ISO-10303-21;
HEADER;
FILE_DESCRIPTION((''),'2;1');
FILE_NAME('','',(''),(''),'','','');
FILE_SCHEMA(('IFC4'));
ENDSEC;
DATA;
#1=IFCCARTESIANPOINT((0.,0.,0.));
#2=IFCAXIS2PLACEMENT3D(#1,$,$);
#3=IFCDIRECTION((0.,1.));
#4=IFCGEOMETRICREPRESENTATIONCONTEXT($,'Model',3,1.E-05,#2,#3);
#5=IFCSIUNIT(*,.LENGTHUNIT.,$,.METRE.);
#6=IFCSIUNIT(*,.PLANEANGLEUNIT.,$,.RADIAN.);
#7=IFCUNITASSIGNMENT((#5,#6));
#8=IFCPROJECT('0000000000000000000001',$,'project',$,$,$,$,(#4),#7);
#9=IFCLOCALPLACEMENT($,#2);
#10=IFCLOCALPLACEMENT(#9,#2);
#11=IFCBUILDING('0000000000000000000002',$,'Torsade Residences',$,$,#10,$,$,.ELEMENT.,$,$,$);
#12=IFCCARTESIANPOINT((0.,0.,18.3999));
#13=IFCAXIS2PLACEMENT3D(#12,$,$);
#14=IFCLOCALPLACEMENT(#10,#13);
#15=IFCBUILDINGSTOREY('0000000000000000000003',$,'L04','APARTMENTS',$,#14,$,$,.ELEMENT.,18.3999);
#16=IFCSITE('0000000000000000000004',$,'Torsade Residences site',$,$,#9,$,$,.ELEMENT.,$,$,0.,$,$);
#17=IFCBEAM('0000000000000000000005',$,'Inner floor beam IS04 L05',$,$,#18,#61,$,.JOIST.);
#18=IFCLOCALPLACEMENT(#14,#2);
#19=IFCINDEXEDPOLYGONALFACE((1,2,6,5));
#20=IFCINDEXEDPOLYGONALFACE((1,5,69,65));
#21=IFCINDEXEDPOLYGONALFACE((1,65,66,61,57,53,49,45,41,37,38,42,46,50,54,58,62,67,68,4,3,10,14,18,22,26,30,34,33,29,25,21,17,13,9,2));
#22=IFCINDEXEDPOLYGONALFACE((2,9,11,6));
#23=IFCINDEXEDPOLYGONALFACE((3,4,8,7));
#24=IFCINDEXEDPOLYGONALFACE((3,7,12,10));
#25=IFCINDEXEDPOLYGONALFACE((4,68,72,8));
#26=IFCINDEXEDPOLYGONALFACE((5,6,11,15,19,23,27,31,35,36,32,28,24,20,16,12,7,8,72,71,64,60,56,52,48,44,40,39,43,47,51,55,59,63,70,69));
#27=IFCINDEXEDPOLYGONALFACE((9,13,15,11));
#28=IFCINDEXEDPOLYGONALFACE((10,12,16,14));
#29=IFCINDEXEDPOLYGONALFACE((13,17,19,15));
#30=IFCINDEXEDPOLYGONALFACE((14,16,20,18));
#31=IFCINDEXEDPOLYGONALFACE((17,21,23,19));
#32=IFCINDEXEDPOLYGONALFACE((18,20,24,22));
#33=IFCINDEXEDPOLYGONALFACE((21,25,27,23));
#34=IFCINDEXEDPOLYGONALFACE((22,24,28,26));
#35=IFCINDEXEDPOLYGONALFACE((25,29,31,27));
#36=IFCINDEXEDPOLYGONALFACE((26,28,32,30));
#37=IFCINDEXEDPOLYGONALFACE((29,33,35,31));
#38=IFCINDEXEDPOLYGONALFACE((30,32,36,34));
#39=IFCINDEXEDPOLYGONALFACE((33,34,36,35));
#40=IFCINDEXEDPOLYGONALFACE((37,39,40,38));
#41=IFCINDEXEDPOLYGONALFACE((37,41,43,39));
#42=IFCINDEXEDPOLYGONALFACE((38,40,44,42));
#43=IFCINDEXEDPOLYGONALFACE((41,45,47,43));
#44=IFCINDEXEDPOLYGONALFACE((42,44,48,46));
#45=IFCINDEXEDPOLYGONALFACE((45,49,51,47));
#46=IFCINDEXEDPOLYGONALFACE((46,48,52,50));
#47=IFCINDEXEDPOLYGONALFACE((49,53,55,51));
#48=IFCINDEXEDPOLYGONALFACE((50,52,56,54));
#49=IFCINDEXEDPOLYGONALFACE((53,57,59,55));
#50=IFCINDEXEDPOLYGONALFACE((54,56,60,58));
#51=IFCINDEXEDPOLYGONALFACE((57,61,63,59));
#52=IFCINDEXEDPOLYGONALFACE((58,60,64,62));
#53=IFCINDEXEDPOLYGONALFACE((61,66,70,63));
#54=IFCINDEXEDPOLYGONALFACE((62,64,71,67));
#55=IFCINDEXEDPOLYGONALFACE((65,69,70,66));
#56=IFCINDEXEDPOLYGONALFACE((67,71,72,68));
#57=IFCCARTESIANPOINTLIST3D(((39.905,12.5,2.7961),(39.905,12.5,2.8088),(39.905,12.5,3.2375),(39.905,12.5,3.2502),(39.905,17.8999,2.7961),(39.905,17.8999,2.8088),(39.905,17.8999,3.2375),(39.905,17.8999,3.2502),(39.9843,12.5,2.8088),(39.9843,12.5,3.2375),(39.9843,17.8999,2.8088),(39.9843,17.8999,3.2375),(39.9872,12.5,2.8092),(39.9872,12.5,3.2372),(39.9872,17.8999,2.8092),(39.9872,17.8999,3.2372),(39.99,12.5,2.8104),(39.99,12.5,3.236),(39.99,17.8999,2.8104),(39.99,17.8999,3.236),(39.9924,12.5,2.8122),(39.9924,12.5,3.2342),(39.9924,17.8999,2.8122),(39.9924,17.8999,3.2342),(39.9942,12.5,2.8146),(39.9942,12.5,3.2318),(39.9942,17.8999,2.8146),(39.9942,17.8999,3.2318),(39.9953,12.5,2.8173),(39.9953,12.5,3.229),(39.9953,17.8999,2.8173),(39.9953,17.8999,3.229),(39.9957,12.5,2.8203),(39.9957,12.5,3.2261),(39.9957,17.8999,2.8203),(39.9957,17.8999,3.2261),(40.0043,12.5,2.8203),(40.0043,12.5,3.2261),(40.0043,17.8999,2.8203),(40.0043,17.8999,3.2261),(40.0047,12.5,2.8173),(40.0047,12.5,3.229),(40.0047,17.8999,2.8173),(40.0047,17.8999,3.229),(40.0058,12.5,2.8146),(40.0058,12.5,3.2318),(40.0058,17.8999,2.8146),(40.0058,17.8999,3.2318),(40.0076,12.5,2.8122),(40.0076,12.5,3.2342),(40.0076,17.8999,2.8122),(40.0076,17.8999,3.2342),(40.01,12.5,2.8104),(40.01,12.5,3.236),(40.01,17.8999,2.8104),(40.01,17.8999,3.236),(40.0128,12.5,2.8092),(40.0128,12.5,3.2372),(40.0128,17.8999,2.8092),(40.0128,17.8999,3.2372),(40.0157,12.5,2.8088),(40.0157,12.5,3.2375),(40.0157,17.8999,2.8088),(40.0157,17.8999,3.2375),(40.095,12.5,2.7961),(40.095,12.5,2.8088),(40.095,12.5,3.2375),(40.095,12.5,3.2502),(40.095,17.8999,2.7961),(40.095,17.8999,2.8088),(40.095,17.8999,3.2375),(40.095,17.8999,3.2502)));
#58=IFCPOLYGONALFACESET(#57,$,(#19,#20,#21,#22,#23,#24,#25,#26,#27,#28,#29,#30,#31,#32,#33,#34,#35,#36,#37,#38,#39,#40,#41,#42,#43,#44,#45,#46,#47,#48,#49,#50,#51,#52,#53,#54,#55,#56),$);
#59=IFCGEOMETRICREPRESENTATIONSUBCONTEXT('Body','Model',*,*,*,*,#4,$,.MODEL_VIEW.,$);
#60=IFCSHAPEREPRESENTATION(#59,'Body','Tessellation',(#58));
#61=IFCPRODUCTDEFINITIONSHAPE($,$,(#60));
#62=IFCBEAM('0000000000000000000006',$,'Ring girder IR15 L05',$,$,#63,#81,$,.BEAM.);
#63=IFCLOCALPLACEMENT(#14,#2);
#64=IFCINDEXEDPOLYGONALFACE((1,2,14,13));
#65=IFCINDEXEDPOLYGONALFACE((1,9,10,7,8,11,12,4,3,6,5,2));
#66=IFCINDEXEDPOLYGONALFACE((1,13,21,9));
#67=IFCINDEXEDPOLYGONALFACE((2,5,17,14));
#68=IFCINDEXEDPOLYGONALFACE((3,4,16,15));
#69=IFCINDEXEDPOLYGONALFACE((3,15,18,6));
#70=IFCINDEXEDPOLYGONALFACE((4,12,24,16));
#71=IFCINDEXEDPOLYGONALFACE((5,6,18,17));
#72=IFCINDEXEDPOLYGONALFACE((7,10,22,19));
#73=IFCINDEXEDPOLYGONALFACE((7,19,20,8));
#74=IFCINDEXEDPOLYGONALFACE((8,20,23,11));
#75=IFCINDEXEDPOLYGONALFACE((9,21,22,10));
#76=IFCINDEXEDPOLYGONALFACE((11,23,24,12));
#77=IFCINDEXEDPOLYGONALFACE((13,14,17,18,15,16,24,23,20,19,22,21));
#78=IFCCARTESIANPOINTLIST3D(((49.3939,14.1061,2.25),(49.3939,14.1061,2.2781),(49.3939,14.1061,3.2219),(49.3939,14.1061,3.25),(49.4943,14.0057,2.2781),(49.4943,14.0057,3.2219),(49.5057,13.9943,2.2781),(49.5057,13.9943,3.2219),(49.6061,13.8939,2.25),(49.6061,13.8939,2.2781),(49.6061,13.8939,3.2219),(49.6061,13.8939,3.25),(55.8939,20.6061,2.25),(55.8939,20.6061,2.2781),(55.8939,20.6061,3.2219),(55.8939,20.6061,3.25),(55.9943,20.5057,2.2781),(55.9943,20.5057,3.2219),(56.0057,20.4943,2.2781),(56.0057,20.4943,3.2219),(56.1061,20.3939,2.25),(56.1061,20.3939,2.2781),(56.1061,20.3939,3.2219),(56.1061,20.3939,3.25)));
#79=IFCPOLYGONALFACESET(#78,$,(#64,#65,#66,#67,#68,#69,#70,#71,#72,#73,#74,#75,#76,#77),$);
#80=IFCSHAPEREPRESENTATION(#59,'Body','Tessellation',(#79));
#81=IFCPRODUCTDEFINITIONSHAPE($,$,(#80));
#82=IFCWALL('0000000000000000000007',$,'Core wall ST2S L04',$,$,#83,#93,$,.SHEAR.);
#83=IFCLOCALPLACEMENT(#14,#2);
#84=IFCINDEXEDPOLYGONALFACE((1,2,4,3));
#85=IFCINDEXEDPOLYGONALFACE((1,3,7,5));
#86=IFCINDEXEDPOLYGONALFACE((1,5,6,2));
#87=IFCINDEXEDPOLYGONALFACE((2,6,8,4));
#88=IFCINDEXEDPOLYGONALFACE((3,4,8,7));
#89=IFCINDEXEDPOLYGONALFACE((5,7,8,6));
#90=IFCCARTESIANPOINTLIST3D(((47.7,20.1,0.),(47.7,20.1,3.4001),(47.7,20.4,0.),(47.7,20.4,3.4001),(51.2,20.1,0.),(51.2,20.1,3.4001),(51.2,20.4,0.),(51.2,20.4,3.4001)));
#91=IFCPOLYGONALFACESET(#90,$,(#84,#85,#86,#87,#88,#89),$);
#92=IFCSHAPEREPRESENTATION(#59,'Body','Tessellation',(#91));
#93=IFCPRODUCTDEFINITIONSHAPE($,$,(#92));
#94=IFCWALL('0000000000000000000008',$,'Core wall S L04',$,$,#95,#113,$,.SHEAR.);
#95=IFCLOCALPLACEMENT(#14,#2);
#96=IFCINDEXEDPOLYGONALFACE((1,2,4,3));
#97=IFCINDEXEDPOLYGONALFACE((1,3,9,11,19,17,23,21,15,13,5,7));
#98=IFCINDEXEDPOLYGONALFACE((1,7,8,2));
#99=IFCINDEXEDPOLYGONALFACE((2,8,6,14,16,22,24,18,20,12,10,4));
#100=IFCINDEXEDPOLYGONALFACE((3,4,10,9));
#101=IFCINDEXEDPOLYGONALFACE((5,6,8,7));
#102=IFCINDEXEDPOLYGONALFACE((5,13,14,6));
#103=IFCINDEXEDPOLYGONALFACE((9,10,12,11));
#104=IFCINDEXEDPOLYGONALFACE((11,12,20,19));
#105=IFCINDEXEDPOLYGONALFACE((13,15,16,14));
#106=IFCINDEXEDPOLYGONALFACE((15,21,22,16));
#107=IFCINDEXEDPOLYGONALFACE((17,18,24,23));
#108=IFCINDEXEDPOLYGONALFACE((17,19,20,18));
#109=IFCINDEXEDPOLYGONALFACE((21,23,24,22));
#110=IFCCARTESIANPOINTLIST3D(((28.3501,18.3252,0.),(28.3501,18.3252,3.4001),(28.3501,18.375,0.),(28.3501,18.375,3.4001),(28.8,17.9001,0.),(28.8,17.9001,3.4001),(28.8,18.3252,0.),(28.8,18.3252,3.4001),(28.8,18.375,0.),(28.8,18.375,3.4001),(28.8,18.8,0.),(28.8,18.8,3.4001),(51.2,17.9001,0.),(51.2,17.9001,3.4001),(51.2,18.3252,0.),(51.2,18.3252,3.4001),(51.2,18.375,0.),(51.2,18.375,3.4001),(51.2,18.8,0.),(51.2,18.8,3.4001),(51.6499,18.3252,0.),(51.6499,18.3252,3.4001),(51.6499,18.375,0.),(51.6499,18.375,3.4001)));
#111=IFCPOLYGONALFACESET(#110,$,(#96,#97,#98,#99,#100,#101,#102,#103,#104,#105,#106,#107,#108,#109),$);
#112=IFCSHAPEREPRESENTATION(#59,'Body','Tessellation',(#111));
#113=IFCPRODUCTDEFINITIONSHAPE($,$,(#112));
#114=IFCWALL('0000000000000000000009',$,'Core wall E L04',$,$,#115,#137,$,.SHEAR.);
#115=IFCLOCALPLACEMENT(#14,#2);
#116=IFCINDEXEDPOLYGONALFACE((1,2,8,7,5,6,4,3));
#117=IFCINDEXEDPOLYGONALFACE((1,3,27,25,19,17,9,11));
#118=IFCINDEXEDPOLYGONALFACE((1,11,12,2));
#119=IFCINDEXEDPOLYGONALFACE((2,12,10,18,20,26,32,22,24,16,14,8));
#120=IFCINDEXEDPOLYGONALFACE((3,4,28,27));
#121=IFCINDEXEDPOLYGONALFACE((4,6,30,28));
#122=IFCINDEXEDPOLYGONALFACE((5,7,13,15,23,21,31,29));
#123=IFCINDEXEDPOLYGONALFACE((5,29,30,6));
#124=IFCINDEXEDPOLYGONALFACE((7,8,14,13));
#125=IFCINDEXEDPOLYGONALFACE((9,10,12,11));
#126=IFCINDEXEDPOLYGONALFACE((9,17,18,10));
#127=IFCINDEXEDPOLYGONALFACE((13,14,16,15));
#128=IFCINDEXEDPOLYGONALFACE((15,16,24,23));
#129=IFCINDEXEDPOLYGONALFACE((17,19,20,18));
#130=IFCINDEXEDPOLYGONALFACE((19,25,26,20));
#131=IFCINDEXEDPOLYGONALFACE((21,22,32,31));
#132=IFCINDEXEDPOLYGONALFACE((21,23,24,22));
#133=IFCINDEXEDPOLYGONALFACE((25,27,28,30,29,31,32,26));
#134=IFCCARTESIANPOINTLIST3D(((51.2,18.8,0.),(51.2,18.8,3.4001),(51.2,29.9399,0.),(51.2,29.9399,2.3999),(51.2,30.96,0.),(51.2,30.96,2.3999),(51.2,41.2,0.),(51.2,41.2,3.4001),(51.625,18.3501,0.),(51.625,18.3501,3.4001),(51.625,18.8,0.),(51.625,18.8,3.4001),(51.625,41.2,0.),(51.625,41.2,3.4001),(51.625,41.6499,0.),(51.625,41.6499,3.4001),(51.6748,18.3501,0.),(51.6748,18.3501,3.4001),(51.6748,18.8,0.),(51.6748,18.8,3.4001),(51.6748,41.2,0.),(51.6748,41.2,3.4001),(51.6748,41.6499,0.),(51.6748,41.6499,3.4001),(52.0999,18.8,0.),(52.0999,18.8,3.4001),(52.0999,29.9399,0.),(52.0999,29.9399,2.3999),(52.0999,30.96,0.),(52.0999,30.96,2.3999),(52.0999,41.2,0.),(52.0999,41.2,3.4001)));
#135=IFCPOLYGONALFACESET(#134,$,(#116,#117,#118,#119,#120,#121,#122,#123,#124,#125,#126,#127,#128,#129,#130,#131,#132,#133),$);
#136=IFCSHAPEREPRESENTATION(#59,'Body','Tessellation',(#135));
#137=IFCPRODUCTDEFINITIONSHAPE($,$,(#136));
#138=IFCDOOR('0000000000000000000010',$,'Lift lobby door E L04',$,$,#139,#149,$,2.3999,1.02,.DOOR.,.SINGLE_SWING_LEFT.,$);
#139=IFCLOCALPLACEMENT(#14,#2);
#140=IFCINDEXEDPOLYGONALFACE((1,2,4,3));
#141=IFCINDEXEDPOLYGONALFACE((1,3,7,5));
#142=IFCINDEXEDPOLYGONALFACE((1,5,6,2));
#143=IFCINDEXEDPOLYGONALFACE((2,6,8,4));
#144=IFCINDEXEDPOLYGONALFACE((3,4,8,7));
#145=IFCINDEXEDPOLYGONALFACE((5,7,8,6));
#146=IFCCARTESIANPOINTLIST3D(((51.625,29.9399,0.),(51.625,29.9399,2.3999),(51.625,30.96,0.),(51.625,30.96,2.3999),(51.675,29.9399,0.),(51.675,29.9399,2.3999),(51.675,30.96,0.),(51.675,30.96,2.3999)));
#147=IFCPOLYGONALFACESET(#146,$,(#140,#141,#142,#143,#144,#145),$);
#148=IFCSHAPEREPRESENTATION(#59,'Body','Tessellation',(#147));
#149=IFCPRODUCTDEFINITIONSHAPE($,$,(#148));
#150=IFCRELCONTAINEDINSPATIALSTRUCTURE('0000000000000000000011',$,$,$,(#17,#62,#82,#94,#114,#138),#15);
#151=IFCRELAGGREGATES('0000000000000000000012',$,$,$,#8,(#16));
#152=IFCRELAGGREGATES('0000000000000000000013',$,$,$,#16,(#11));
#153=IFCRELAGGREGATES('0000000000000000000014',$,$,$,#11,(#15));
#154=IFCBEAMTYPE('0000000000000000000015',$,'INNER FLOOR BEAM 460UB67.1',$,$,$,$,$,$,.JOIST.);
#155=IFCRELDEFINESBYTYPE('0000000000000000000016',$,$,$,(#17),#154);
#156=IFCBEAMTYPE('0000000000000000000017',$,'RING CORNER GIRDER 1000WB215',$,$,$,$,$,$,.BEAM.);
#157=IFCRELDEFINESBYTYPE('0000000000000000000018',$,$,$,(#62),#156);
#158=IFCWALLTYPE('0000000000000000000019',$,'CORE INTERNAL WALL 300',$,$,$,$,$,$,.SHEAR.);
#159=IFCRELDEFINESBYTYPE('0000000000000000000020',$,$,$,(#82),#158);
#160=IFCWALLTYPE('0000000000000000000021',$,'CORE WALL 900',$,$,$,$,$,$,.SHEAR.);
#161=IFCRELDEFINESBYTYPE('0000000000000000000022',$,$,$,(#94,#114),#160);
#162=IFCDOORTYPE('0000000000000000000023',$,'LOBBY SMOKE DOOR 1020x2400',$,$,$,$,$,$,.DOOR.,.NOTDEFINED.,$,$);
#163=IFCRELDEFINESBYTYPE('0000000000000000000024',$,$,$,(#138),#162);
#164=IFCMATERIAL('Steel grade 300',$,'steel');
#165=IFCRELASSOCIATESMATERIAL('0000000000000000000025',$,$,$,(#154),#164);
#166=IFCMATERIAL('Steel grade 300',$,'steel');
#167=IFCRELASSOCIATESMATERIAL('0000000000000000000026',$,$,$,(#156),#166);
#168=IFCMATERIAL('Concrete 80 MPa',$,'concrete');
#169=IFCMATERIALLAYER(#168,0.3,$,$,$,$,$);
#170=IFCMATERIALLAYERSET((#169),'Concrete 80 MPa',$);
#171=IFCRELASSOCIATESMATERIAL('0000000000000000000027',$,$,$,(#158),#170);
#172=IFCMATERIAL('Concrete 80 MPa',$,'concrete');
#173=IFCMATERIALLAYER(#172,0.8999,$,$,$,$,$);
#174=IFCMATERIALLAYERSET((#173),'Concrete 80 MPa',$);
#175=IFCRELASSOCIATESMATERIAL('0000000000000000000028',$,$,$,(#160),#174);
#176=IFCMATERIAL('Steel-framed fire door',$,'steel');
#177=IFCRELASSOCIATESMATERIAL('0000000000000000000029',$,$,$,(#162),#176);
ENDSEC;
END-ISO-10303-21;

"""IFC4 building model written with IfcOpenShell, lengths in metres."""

from ifc_helpers import new_model, si_unit, direction, frame, frame_2d, origin, origin_2d, place, context, subcontext, project, spatial, polyline, rectangle, i_section, outline, extrude, material, layer, layer_set, material_profile, profile_set, type_object, element, fill, save


model = new_model("IFC4")

# Units and contexts
model_context = context("Model", 3, precision=1e-05, world=origin(), true_north=direction((0.0, 1.0)))
body_context = subcontext(model_context, "Body", "Model", "MODEL_VIEW")
ifc_project = project(units=[si_unit("LENGTHUNIT", "METRE"), si_unit("PLANEANGLEUNIT", "RADIAN")], contexts=[model_context])

# Site, building, storey
site_placement = place(None, origin())
site = spatial("IfcSite", under=ifc_project, at=site_placement, Name="Torsade Residences site", CompositionType="ELEMENT", RefElevation=0.0)
building_placement = place(site_placement, origin())
building = spatial("IfcBuilding", under=site, at=building_placement, Name="Torsade Residences", CompositionType="ELEMENT")
storey_placement = place(building_placement, frame((0.0, 0.0, 18.3999)))
storey = spatial("IfcBuildingStorey", under=building, at=storey_placement, Name="L04", Description="APARTMENTS", CompositionType="ELEMENT", Elevation=18.3999)

# Beams
ifc_material_1 = material(Name="Steel grade 300", Category="steel")
ifc_material_profile_1 = material_profile(ifc_material_1, i_section(OverallWidth=0.1899, OverallDepth=0.4541, WebThickness=0.0085, FlangeThickness=0.0127, FilletRadius=0.0115, at=origin_2d()), Name="460UB67.1")
ifc_profile_set_1 = profile_set([ifc_material_profile_1], Name="Steel grade 300")
beam_type_1 = type_object("IfcBeamType", Name="INNER FLOOR BEAM 460UB67.1", PredefinedType="JOIST", material=ifc_profile_set_1)
for number, where, z_axis, x_axis, name in (
    (1, (40.0, 17.8999, 3.0232), (0.0, -1.0, 0.0), (1.0, 0.0, 0.0), "Inner floor beam IS04 L05"),
):
    element("IfcBeam", number, at=place(storey_placement, frame(where, z_axis=z_axis, x_axis=x_axis)), inside=storey, type_object=beam_type_1, Name=name, PredefinedType="JOIST", context=body_context, shape_type="SweptSolid", body=[
        extrude(i_section(OverallWidth=0.1899, OverallDepth=0.4541, WebThickness=0.0085, FlangeThickness=0.0127, FilletRadius=0.0115, at=origin_2d()), origin(), (0.0, 0.0, 1.0), 5.3999),
    ])
ifc_material_2 = material(Name="Steel grade 300", Category="steel")
ifc_material_profile_2 = material_profile(ifc_material_2, i_section(OverallWidth=0.3, OverallDepth=1.0, WebThickness=0.0161, FlangeThickness=0.0281, at=origin_2d()), Name="1000WB215")
ifc_profile_set_2 = profile_set([ifc_material_profile_2], Name="Steel grade 300")
beam_type_2 = type_object("IfcBeamType", Name="RING CORNER GIRDER 1000WB215", PredefinedType="BEAM", material=ifc_profile_set_2)
beam_1_placement = place(storey_placement, frame((49.5, 14.0, 2.75), z_axis=(0.707107, 0.707107, 0.0), x_axis=(-0.707107, 0.707107, 0.0)))
element("IfcBeam", 2, at=beam_1_placement, inside=storey, type_object=beam_type_2, Name="Ring girder IR15 L05", PredefinedType="BEAM", context=body_context, shape_type="SweptSolid", body=[
    extrude(i_section(OverallWidth=0.3, OverallDepth=1.0, WebThickness=0.0161, FlangeThickness=0.0281, at=origin_2d()), origin(), (0.0, 0.0, 1.0), 9.1924),
])

# Walls
ifc_material_3 = material(Name="Concrete 80 MPa", Category="concrete")
ifc_layer_1 = layer(ifc_material_3, 0.3)
ifc_layer_set_1 = layer_set([ifc_layer_1], Name="Concrete 80 MPa")
wall_type_1 = type_object("IfcWallType", Name="CORE INTERNAL WALL 300", PredefinedType="SHEAR", material=ifc_layer_set_1)
wall_1_placement = place(storey_placement, frame((51.2, 20.25, 0.0), z_axis=(0.0, 0.0, 1.0), x_axis=(-1.0, 0.0, 0.0)))
element("IfcWall", 3, at=wall_1_placement, inside=storey, type_object=wall_type_1, Name="Core wall ST2S L04", PredefinedType="SHEAR", context=body_context, shape_type="SweptSolid", body=[
    extrude(rectangle(XDim=3.5, YDim=0.3, at=frame_2d((1.75, 0.0))), origin(), (0.0, 0.0, 1.0), 3.4001),
])
ifc_material_4 = material(Name="Concrete 80 MPa", Category="concrete")
ifc_layer_2 = layer(ifc_material_4, 0.8999)
ifc_layer_set_2 = layer_set([ifc_layer_2], Name="Concrete 80 MPa")
wall_type_2 = type_object("IfcWallType", Name="CORE WALL 900", PredefinedType="SHEAR", material=ifc_layer_set_2)
wall_2_placement = place(storey_placement, frame((51.2, 18.3501, 0.0), z_axis=(0.0, 0.0, 1.0), x_axis=(-1.0, 0.0, 0.0)))
element("IfcWall", 4, at=wall_2_placement, inside=storey, type_object=wall_type_2, Name="Core wall S L04", PredefinedType="SHEAR", context=body_context, shape_type="SweptSolid", body=[
    extrude(outline(polyline([(0.0, -0.45), (22.3999, -0.45), (22.3999, -0.0249), (22.8499, -0.0249), (22.8499, 0.0249), (22.3999, 0.0249), (22.3999, 0.45), (0.0, 0.45), (0.0, 0.0249), (-0.45, 0.0249), (-0.45, -0.0249), (0.0, -0.0249), (0.0, -0.45)])), origin(), (0.0, 0.0, 1.0), 3.4001),
])

# Wall, opening, door
wall_3_placement = place(storey_placement, frame((51.6499, 18.8, 0.0), z_axis=(0.0, 0.0, 1.0), x_axis=(0.0, 1.0, 0.0)))
wall_3 = element("IfcWall", 5, at=wall_3_placement, inside=storey, type_object=wall_type_2, Name="Core wall E L04", PredefinedType="SHEAR", context=body_context, shape_type="SweptSolid", body=[
    extrude(outline(polyline([(0.0, -0.45), (22.3999, -0.45), (22.3999, -0.0249), (22.8499, -0.0249), (22.8499, 0.0249), (22.3999, 0.0249), (22.3999, 0.45), (0.0, 0.45), (0.0, 0.0249), (-0.45, 0.0249), (-0.45, -0.0249), (0.0, -0.0249), (0.0, -0.45)])), origin(), (0.0, 0.0, 1.0), 3.4001),
])
opening_1_placement = place(wall_3_placement, frame((11.1399, 0.0, 0.0)))
opening_1 = element("IfcOpeningElement", 6, at=opening_1_placement, cuts=wall_3, PredefinedType="OPENING", context=body_context, shape_type="SweptSolid", body=[
    extrude(rectangle(XDim=1.02, YDim=2.3999, at=frame_2d((0.51, 1.2))), frame((0.0, 0.46, 0.0), z_axis=(0.0, -1.0, 0.0), x_axis=(1.0, 0.0, 0.0)), (0.0, 0.0, 1.0), 0.9199),
])
ifc_material_5 = material(Name="Steel-framed fire door", Category="steel")
door_type_1 = type_object("IfcDoorType", Name="LOBBY SMOKE DOOR 1020x2400", OperationType="NOTDEFINED", PredefinedType="DOOR", material=ifc_material_5)
door_1_placement = place(opening_1_placement, origin())
door_1 = element("IfcDoor", 7, at=door_1_placement, inside=storey, type_object=door_type_1, Name="Lift lobby door E L04", OperationType="SINGLE_SWING_LEFT", OverallHeight=2.3999, OverallWidth=1.02, PredefinedType="DOOR", context=body_context, shape_type="SweptSolid", body=[
    extrude(rectangle(XDim=1.02, YDim=2.3999, at=frame_2d((0.51, 1.2))), frame((0.0, 0.0249, 0.0), z_axis=(0.0, -1.0, 0.0), x_axis=(1.0, 0.0, 0.0)), (0.0, 0.0, 1.0), 0.05),
])
fill(opening_1, door_1)

save(model, "model.ifc")
